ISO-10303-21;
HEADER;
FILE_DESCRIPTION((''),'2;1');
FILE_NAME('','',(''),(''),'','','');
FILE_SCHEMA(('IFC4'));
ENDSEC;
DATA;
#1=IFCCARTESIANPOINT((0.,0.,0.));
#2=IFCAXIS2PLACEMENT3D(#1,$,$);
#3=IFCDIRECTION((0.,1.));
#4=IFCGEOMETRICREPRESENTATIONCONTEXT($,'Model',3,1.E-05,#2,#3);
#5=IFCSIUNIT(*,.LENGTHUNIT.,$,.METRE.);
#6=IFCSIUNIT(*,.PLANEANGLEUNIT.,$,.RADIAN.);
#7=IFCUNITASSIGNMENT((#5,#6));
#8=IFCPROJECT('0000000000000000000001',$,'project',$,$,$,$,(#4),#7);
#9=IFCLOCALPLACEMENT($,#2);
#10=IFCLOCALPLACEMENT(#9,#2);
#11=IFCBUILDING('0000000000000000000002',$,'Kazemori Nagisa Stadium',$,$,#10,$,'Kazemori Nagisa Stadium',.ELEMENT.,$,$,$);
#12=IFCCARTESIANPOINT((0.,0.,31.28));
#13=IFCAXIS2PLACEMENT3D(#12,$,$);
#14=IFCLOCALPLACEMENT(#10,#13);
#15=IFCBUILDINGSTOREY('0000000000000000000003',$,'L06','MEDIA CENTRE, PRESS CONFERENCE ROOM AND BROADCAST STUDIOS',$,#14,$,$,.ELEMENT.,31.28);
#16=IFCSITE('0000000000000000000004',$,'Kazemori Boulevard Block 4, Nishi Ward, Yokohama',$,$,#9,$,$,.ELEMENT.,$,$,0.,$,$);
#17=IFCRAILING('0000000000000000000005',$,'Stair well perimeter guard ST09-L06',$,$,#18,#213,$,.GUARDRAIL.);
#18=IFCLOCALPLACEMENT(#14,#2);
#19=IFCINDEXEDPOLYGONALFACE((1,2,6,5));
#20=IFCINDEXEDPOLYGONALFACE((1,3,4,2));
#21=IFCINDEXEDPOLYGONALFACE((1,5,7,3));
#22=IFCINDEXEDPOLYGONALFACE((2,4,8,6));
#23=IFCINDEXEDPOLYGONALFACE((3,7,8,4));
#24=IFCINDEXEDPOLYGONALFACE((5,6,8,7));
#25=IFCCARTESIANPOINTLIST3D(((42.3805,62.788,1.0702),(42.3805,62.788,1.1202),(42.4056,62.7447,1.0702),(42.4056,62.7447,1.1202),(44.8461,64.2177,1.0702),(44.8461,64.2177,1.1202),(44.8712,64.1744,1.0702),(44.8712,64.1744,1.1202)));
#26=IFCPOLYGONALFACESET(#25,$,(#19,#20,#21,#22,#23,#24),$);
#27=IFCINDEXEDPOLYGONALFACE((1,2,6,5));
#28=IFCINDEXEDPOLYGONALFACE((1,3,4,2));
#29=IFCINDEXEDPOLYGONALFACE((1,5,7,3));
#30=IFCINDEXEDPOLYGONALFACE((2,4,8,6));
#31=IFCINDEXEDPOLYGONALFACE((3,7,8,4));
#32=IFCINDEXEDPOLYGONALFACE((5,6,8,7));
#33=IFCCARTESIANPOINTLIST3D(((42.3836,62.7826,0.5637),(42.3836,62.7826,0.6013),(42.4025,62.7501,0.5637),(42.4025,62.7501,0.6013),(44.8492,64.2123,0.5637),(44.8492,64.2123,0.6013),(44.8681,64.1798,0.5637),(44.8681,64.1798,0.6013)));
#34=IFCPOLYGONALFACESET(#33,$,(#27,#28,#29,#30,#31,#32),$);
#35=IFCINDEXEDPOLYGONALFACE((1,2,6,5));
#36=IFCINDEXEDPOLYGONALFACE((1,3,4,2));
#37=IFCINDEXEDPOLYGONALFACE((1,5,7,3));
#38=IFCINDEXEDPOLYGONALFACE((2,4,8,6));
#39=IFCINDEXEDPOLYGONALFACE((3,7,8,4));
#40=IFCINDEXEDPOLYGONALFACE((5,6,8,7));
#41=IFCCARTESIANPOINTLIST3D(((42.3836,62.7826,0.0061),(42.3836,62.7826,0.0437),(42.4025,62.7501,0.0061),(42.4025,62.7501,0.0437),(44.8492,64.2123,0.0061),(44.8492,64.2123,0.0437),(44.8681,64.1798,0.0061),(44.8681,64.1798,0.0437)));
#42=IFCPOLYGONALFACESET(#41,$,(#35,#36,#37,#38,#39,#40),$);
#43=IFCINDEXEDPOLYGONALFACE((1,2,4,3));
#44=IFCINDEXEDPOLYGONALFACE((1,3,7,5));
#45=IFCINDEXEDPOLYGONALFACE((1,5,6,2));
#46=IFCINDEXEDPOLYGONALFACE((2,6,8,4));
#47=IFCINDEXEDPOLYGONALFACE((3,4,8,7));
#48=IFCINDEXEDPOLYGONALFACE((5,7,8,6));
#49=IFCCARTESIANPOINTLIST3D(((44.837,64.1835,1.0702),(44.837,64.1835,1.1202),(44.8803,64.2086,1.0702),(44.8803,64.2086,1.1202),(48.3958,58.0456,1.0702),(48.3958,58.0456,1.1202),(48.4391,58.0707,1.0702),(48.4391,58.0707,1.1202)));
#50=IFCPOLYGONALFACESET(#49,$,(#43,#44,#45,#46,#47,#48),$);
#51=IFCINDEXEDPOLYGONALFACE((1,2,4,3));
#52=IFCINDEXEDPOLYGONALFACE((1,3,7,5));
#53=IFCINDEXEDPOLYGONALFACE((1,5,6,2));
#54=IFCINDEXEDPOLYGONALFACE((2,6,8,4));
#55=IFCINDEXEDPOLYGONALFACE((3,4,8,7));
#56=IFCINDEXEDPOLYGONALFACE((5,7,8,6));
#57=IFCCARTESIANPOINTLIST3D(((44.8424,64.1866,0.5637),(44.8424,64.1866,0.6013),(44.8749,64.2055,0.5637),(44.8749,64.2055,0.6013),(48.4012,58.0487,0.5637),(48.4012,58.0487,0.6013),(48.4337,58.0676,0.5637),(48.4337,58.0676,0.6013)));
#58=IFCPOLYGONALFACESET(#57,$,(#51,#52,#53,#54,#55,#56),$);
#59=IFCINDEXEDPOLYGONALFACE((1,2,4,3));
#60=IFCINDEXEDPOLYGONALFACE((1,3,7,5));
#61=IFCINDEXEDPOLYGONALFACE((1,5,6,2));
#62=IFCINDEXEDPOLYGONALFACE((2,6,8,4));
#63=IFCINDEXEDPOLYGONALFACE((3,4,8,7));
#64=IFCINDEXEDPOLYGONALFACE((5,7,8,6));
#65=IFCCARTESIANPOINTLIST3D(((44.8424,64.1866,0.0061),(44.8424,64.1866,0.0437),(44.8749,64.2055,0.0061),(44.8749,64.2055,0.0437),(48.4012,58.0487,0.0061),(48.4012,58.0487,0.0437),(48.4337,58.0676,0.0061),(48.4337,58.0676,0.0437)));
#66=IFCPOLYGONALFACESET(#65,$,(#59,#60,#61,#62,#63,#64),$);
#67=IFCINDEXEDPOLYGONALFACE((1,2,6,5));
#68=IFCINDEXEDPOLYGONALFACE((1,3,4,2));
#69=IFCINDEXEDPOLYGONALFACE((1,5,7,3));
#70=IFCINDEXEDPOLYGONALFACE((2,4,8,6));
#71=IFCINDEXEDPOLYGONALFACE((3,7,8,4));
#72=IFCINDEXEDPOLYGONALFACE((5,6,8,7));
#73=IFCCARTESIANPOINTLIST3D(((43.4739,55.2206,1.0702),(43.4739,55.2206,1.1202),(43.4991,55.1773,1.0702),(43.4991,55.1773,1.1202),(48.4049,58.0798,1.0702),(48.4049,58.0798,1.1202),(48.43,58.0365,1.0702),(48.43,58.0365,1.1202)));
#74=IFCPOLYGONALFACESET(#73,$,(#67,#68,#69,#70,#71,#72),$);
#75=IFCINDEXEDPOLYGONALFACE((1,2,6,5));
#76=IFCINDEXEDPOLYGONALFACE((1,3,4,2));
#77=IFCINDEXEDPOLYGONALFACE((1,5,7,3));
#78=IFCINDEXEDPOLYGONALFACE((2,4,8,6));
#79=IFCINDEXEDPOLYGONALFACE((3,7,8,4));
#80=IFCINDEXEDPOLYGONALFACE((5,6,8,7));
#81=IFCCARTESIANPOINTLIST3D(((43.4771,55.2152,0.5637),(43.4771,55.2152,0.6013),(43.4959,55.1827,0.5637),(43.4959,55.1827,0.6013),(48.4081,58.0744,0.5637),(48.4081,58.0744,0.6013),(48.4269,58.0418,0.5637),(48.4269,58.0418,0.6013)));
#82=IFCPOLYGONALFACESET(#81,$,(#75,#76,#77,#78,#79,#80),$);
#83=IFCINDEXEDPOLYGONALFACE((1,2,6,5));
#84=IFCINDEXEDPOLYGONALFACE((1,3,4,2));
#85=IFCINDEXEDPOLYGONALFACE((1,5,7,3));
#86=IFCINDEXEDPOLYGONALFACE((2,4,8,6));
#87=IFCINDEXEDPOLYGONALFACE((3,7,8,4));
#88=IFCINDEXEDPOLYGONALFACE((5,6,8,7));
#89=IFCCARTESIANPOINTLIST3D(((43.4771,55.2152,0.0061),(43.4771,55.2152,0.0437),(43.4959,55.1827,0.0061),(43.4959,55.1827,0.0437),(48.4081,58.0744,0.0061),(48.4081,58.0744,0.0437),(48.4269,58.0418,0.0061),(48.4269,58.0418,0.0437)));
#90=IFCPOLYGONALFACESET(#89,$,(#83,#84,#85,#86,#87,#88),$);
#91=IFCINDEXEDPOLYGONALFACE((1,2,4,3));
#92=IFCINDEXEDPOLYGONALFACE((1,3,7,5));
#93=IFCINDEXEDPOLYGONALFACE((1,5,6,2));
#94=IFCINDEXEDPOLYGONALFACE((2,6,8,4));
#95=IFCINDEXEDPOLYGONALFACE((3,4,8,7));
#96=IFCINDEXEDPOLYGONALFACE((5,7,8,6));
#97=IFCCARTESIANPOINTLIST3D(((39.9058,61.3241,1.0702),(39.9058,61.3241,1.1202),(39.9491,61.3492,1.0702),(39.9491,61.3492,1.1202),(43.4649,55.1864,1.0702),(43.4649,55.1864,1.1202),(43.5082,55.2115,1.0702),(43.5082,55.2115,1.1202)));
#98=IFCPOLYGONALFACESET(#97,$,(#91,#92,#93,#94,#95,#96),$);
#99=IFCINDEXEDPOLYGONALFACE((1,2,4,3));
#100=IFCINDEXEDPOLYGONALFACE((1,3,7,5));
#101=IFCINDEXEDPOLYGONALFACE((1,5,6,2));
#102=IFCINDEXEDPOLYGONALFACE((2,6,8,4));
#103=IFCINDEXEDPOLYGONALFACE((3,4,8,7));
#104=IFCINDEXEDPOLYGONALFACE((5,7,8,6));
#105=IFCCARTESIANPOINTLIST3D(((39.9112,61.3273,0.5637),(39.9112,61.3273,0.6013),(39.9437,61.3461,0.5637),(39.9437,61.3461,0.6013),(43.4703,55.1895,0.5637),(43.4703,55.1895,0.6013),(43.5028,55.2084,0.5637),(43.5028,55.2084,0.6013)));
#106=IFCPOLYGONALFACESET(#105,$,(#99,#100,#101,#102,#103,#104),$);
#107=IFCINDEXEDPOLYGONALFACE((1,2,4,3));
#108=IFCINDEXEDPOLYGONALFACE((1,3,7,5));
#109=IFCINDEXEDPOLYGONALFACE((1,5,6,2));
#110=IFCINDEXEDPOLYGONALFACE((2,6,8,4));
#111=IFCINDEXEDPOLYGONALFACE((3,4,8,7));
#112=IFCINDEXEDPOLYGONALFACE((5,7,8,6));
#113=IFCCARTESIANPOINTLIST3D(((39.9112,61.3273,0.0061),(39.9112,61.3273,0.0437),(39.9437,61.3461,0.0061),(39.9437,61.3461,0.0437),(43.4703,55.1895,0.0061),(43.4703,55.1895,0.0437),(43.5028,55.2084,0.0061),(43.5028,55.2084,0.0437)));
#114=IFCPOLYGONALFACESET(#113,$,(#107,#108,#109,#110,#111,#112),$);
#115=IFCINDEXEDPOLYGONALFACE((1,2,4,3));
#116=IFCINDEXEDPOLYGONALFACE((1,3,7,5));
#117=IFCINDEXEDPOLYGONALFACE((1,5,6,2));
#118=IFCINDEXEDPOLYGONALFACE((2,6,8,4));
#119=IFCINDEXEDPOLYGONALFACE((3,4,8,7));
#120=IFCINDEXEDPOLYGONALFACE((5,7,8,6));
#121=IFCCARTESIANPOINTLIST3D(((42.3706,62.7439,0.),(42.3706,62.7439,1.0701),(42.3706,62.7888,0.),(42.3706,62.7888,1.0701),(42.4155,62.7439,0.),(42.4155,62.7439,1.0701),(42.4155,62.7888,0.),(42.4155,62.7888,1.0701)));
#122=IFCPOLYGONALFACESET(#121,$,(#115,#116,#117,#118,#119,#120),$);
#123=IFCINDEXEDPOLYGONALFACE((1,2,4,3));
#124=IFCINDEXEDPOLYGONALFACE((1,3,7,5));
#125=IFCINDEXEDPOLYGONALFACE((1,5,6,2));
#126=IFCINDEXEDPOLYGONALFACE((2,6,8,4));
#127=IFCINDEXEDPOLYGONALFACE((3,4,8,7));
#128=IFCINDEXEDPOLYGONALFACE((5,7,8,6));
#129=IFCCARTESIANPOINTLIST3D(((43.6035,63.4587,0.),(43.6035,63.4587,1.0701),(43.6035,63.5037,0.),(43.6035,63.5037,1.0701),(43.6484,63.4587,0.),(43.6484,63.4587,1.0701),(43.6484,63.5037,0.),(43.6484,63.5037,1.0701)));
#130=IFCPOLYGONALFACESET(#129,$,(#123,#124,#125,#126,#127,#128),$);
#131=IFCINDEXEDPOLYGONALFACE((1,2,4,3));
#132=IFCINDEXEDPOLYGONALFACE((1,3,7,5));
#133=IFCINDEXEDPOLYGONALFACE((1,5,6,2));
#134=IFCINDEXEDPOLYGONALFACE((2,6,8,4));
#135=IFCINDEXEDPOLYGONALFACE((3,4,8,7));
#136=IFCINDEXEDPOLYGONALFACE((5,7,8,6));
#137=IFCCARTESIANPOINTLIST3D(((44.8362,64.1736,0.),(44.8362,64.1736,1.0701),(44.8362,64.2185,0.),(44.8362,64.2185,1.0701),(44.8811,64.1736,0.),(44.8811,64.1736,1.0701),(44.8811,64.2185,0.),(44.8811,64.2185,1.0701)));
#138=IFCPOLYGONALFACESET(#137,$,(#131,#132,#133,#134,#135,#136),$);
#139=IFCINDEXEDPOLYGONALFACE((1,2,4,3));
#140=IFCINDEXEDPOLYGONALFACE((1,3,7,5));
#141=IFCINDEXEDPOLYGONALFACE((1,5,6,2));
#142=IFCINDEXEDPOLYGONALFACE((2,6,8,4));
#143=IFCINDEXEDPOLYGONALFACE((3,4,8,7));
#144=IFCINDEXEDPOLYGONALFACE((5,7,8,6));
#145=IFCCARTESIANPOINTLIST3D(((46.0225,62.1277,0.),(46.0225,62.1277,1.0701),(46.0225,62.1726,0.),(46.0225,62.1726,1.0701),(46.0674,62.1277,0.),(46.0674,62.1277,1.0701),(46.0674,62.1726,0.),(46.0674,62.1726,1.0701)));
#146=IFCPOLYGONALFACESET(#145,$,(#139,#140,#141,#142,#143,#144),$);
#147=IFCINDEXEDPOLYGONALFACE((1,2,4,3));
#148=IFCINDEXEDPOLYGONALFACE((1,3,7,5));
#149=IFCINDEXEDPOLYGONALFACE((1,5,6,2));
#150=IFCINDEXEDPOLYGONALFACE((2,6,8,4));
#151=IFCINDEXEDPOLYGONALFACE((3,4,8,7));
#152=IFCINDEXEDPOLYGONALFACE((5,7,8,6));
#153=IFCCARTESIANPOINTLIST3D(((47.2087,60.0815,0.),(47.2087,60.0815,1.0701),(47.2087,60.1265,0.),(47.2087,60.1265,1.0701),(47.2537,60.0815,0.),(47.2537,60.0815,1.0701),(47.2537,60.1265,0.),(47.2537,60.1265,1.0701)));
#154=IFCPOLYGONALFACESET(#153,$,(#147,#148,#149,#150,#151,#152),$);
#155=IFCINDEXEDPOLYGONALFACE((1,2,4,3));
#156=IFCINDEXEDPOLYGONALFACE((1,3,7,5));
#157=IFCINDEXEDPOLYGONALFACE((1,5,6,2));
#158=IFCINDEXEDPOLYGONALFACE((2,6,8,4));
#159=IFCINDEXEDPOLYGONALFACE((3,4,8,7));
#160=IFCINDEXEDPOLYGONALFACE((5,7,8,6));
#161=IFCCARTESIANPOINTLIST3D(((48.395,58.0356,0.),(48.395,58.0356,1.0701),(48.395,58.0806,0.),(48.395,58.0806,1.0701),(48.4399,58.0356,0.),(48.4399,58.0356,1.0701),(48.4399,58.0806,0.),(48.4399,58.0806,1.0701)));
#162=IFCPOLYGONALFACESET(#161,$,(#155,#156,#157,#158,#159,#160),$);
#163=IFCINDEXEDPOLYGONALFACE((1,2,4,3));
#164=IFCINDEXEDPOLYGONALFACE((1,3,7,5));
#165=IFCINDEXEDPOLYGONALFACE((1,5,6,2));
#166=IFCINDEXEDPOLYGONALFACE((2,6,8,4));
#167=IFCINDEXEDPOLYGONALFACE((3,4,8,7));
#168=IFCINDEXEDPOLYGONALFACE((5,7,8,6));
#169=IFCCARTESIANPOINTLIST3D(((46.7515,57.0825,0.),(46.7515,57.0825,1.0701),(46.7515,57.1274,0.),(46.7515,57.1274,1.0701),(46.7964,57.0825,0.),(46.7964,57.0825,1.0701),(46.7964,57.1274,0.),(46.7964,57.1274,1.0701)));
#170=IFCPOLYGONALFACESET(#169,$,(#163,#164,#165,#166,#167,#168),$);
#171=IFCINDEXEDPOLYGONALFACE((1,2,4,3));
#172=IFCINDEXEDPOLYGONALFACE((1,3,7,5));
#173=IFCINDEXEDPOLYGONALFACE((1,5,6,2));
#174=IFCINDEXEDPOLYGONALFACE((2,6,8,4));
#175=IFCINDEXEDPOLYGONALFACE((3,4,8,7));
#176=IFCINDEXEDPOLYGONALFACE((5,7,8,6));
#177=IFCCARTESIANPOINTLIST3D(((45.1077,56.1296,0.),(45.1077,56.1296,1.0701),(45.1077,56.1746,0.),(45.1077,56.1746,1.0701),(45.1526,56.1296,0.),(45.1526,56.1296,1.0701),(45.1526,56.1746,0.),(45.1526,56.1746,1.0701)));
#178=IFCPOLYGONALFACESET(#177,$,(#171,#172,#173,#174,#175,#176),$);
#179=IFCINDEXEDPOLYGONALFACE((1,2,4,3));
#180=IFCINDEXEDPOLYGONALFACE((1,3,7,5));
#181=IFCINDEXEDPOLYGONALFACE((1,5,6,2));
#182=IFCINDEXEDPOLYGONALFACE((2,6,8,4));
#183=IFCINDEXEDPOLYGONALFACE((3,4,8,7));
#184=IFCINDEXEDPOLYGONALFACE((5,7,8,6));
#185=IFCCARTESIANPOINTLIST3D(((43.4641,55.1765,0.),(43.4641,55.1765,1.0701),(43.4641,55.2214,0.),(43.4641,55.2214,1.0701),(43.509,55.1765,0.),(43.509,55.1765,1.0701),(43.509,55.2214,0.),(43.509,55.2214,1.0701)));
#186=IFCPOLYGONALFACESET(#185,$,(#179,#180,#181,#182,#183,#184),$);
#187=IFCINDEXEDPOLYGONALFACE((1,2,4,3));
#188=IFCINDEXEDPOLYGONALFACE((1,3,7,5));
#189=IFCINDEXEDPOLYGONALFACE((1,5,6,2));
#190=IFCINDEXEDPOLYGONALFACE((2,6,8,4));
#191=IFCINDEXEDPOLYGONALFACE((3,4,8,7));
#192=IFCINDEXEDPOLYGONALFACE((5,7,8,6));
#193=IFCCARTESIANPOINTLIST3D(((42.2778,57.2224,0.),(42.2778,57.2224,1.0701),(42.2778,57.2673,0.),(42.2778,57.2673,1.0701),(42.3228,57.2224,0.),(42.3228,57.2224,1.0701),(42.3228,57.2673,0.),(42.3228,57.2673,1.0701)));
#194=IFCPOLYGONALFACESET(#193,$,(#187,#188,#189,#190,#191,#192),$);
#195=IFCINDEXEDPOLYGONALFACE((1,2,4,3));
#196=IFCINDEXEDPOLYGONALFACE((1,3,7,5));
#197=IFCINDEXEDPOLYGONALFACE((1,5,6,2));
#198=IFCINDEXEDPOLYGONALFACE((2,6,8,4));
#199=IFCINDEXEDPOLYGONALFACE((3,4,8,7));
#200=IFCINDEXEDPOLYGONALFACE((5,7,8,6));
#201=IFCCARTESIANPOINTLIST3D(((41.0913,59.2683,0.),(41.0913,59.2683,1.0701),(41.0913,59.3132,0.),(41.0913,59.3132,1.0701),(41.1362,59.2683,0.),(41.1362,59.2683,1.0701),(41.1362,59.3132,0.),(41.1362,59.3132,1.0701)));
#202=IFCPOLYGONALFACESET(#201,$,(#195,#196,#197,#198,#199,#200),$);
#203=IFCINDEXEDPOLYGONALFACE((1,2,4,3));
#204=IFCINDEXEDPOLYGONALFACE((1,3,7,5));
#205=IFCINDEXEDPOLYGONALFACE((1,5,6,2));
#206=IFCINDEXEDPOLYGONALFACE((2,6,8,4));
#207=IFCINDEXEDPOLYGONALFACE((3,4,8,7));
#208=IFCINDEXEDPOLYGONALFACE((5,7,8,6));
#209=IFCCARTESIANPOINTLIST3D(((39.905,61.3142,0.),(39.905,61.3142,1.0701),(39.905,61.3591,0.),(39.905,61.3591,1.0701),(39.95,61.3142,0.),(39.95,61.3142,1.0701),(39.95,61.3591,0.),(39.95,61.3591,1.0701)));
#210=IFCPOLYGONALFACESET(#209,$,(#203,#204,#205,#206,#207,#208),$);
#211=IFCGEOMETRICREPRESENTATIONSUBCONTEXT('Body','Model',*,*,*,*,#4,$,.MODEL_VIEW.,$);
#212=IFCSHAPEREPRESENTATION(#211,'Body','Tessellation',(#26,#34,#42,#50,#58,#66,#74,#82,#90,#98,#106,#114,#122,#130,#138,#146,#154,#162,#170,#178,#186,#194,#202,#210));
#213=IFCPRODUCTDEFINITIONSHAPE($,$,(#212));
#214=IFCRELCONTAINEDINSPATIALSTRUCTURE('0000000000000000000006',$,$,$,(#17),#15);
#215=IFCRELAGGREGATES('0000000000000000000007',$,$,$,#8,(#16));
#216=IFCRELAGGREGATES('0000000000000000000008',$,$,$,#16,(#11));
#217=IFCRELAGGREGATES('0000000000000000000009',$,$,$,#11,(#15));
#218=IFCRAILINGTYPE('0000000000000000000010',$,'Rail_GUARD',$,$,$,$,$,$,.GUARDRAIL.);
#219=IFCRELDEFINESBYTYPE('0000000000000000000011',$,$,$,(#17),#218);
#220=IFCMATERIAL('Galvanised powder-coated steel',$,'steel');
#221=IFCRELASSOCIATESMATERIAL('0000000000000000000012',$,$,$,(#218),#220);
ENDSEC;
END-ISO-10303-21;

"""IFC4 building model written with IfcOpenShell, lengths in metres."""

from ifc_helpers import new_model, si_unit, direction, frame, origin, origin_2d, place, context, subcontext, project, spatial, rectangle, extrude, material, type_object, element, save


model = new_model("IFC4")

# Units and contexts
model_context = context("Model", 3, precision=1e-05, world=origin(), true_north=direction((0.0, 1.0)))
body_context = subcontext(model_context, "Body", "Model", "MODEL_VIEW")
ifc_project = project(units=[si_unit("LENGTHUNIT", "METRE"), si_unit("PLANEANGLEUNIT", "RADIAN")], contexts=[model_context])

# Site, building, storey
site_placement = place(None, origin())
site = spatial("IfcSite", under=ifc_project, at=site_placement, Name="Kazemori Boulevard Block 4, Nishi Ward, Yokohama", CompositionType="ELEMENT", RefElevation=0.0)
building_placement = place(site_placement, origin())
building = spatial("IfcBuilding", under=site, at=building_placement, Name="Kazemori Nagisa Stadium", LongName="Kazemori Nagisa Stadium", CompositionType="ELEMENT")
storey_placement = place(building_placement, frame((0.0, 0.0, 31.28)))
storey = spatial("IfcBuildingStorey", under=building, at=storey_placement, Name="L06", Description="MEDIA CENTRE, PRESS CONFERENCE ROOM AND BROADCAST STUDIOS", CompositionType="ELEMENT", Elevation=31.28)

# Railing
ifc_material_1 = material(Name="Galvanised powder-coated steel", Category="steel")
railing_type_1 = type_object("IfcRailingType", Name="Rail_GUARD", PredefinedType="GUARDRAIL", material=ifc_material_1)
railing_1_placement = place(storey_placement, frame((42.3931, 62.7664, 0.0)))
element("IfcRailing", 1, at=railing_1_placement, inside=storey, type_object=railing_type_1, Name="Stair well perimeter guard ST09-L06", PredefinedType="GUARDRAIL", context=body_context, shape_type="SweptSolid", body=[
    extrude(rectangle(XDim=0.05, YDim=0.05, at=origin_2d()), frame((0.0, 0.0, 1.0952), z_axis=(0.865084, 0.501627, 0.0), x_axis=(-0.501627, 0.865084, 0.0)), (0.0, 0.0, 1.0), 2.8501),
    extrude(rectangle(XDim=0.0376, YDim=0.0376, at=origin_2d()), frame((0.0, 0.0, 0.5825), z_axis=(0.865084, 0.501627, 0.0), x_axis=(-0.501627, 0.865084, 0.0)), (0.0, 0.0, 1.0), 2.8501),
    extrude(rectangle(XDim=0.0376, YDim=0.0376, at=origin_2d()), frame((0.0, 0.0, 0.0249), z_axis=(0.865084, 0.501627, 0.0), x_axis=(-0.501627, 0.865084, 0.0)), (0.0, 0.0, 1.0), 2.8501),
    extrude(rectangle(XDim=0.05, YDim=0.05, at=origin_2d()), frame((2.4656, 1.4297, 1.0952), z_axis=(0.501595, -0.865103, 0.0), x_axis=(0.865103, 0.501595, 0.0)), (0.0, 0.0, 1.0), 7.095),
    extrude(rectangle(XDim=0.0376, YDim=0.0376, at=origin_2d()), frame((2.4656, 1.4297, 0.5825), z_axis=(0.501595, -0.865103, 0.0), x_axis=(0.865103, 0.501595, 0.0)), (0.0, 0.0, 1.0), 7.095),
    extrude(rectangle(XDim=0.0376, YDim=0.0376, at=origin_2d()), frame((2.4656, 1.4297, 0.0249), z_axis=(0.501595, -0.865103, 0.0), x_axis=(0.865103, 0.501595, 0.0)), (0.0, 0.0, 1.0), 7.095),
    extrude(rectangle(XDim=0.05, YDim=0.05, at=origin_2d()), frame((6.0244, -4.7083, 1.0952), z_axis=(-0.865092, -0.501614, 0.0), x_axis=(0.501614, -0.865092, 0.0)), (0.0, 0.0, 1.0), 5.7),
    extrude(rectangle(XDim=0.0376, YDim=0.0376, at=origin_2d()), frame((6.0244, -4.7083, 0.5825), z_axis=(-0.865092, -0.501614, 0.0), x_axis=(0.501614, -0.865092, 0.0)), (0.0, 0.0, 1.0), 5.7),
    extrude(rectangle(XDim=0.0376, YDim=0.0376, at=origin_2d()), frame((6.0244, -4.7083, 0.0249), z_axis=(-0.865092, -0.501614, 0.0), x_axis=(0.501614, -0.865092, 0.0)), (0.0, 0.0, 1.0), 5.7),
    extrude(rectangle(XDim=0.05, YDim=0.05, at=origin_2d()), frame((1.0935, -7.5674, 1.0952), z_axis=(-0.501636, 0.865079, 0.0), x_axis=(-0.865079, -0.501636, 0.0)), (0.0, 0.0, 1.0), 7.095),
    extrude(rectangle(XDim=0.0376, YDim=0.0376, at=origin_2d()), frame((1.0935, -7.5674, 0.5825), z_axis=(-0.501636, 0.865079, 0.0), x_axis=(-0.865079, -0.501636, 0.0)), (0.0, 0.0, 1.0), 7.095),
    extrude(rectangle(XDim=0.0376, YDim=0.0376, at=origin_2d()), frame((1.0935, -7.5674, 0.0249), z_axis=(-0.501636, 0.865079, 0.0), x_axis=(-0.865079, -0.501636, 0.0)), (0.0, 0.0, 1.0), 7.095),
    extrude(rectangle(XDim=0.0449, YDim=0.0449, at=origin_2d()), origin(), (0.0, 0.0, 1.0), 1.0701),
    extrude(rectangle(XDim=0.0449, YDim=0.0449, at=origin_2d()), frame((1.2329, 0.7148, 0.0)), (0.0, 0.0, 1.0), 1.0701),
    extrude(rectangle(XDim=0.0449, YDim=0.0449, at=origin_2d()), frame((2.4656, 1.4297, 0.0)), (0.0, 0.0, 1.0), 1.0701),
    extrude(rectangle(XDim=0.0449, YDim=0.0449, at=origin_2d()), frame((3.6519, -0.6162, 0.0)), (0.0, 0.0, 1.0), 1.0701),
    extrude(rectangle(XDim=0.0449, YDim=0.0449, at=origin_2d()), frame((4.8381, -2.6624, 0.0)), (0.0, 0.0, 1.0), 1.0701),
    extrude(rectangle(XDim=0.0449, YDim=0.0449, at=origin_2d()), frame((6.0244, -4.7083, 0.0)), (0.0, 0.0, 1.0), 1.0701),
    extrude(rectangle(XDim=0.0449, YDim=0.0449, at=origin_2d()), frame((4.3809, -5.6614, 0.0)), (0.0, 0.0, 1.0), 1.0701),
    extrude(rectangle(XDim=0.0449, YDim=0.0449, at=origin_2d()), frame((2.7371, -6.6143, 0.0)), (0.0, 0.0, 1.0), 1.0701),
    extrude(rectangle(XDim=0.0449, YDim=0.0449, at=origin_2d()), frame((1.0935, -7.5674, 0.0)), (0.0, 0.0, 1.0), 1.0701),
    extrude(rectangle(XDim=0.0449, YDim=0.0449, at=origin_2d()), frame((-0.0928, -5.5215, 0.0)), (0.0, 0.0, 1.0), 1.0701),
    extrude(rectangle(XDim=0.0449, YDim=0.0449, at=origin_2d()), frame((-1.2793, -3.4756, 0.0)), (0.0, 0.0, 1.0), 1.0701),
    extrude(rectangle(XDim=0.0449, YDim=0.0449, at=origin_2d()), frame((-2.4656, -1.4297, 0.0)), (0.0, 0.0, 1.0), 1.0701),
])

save(model, "model.ifc")
